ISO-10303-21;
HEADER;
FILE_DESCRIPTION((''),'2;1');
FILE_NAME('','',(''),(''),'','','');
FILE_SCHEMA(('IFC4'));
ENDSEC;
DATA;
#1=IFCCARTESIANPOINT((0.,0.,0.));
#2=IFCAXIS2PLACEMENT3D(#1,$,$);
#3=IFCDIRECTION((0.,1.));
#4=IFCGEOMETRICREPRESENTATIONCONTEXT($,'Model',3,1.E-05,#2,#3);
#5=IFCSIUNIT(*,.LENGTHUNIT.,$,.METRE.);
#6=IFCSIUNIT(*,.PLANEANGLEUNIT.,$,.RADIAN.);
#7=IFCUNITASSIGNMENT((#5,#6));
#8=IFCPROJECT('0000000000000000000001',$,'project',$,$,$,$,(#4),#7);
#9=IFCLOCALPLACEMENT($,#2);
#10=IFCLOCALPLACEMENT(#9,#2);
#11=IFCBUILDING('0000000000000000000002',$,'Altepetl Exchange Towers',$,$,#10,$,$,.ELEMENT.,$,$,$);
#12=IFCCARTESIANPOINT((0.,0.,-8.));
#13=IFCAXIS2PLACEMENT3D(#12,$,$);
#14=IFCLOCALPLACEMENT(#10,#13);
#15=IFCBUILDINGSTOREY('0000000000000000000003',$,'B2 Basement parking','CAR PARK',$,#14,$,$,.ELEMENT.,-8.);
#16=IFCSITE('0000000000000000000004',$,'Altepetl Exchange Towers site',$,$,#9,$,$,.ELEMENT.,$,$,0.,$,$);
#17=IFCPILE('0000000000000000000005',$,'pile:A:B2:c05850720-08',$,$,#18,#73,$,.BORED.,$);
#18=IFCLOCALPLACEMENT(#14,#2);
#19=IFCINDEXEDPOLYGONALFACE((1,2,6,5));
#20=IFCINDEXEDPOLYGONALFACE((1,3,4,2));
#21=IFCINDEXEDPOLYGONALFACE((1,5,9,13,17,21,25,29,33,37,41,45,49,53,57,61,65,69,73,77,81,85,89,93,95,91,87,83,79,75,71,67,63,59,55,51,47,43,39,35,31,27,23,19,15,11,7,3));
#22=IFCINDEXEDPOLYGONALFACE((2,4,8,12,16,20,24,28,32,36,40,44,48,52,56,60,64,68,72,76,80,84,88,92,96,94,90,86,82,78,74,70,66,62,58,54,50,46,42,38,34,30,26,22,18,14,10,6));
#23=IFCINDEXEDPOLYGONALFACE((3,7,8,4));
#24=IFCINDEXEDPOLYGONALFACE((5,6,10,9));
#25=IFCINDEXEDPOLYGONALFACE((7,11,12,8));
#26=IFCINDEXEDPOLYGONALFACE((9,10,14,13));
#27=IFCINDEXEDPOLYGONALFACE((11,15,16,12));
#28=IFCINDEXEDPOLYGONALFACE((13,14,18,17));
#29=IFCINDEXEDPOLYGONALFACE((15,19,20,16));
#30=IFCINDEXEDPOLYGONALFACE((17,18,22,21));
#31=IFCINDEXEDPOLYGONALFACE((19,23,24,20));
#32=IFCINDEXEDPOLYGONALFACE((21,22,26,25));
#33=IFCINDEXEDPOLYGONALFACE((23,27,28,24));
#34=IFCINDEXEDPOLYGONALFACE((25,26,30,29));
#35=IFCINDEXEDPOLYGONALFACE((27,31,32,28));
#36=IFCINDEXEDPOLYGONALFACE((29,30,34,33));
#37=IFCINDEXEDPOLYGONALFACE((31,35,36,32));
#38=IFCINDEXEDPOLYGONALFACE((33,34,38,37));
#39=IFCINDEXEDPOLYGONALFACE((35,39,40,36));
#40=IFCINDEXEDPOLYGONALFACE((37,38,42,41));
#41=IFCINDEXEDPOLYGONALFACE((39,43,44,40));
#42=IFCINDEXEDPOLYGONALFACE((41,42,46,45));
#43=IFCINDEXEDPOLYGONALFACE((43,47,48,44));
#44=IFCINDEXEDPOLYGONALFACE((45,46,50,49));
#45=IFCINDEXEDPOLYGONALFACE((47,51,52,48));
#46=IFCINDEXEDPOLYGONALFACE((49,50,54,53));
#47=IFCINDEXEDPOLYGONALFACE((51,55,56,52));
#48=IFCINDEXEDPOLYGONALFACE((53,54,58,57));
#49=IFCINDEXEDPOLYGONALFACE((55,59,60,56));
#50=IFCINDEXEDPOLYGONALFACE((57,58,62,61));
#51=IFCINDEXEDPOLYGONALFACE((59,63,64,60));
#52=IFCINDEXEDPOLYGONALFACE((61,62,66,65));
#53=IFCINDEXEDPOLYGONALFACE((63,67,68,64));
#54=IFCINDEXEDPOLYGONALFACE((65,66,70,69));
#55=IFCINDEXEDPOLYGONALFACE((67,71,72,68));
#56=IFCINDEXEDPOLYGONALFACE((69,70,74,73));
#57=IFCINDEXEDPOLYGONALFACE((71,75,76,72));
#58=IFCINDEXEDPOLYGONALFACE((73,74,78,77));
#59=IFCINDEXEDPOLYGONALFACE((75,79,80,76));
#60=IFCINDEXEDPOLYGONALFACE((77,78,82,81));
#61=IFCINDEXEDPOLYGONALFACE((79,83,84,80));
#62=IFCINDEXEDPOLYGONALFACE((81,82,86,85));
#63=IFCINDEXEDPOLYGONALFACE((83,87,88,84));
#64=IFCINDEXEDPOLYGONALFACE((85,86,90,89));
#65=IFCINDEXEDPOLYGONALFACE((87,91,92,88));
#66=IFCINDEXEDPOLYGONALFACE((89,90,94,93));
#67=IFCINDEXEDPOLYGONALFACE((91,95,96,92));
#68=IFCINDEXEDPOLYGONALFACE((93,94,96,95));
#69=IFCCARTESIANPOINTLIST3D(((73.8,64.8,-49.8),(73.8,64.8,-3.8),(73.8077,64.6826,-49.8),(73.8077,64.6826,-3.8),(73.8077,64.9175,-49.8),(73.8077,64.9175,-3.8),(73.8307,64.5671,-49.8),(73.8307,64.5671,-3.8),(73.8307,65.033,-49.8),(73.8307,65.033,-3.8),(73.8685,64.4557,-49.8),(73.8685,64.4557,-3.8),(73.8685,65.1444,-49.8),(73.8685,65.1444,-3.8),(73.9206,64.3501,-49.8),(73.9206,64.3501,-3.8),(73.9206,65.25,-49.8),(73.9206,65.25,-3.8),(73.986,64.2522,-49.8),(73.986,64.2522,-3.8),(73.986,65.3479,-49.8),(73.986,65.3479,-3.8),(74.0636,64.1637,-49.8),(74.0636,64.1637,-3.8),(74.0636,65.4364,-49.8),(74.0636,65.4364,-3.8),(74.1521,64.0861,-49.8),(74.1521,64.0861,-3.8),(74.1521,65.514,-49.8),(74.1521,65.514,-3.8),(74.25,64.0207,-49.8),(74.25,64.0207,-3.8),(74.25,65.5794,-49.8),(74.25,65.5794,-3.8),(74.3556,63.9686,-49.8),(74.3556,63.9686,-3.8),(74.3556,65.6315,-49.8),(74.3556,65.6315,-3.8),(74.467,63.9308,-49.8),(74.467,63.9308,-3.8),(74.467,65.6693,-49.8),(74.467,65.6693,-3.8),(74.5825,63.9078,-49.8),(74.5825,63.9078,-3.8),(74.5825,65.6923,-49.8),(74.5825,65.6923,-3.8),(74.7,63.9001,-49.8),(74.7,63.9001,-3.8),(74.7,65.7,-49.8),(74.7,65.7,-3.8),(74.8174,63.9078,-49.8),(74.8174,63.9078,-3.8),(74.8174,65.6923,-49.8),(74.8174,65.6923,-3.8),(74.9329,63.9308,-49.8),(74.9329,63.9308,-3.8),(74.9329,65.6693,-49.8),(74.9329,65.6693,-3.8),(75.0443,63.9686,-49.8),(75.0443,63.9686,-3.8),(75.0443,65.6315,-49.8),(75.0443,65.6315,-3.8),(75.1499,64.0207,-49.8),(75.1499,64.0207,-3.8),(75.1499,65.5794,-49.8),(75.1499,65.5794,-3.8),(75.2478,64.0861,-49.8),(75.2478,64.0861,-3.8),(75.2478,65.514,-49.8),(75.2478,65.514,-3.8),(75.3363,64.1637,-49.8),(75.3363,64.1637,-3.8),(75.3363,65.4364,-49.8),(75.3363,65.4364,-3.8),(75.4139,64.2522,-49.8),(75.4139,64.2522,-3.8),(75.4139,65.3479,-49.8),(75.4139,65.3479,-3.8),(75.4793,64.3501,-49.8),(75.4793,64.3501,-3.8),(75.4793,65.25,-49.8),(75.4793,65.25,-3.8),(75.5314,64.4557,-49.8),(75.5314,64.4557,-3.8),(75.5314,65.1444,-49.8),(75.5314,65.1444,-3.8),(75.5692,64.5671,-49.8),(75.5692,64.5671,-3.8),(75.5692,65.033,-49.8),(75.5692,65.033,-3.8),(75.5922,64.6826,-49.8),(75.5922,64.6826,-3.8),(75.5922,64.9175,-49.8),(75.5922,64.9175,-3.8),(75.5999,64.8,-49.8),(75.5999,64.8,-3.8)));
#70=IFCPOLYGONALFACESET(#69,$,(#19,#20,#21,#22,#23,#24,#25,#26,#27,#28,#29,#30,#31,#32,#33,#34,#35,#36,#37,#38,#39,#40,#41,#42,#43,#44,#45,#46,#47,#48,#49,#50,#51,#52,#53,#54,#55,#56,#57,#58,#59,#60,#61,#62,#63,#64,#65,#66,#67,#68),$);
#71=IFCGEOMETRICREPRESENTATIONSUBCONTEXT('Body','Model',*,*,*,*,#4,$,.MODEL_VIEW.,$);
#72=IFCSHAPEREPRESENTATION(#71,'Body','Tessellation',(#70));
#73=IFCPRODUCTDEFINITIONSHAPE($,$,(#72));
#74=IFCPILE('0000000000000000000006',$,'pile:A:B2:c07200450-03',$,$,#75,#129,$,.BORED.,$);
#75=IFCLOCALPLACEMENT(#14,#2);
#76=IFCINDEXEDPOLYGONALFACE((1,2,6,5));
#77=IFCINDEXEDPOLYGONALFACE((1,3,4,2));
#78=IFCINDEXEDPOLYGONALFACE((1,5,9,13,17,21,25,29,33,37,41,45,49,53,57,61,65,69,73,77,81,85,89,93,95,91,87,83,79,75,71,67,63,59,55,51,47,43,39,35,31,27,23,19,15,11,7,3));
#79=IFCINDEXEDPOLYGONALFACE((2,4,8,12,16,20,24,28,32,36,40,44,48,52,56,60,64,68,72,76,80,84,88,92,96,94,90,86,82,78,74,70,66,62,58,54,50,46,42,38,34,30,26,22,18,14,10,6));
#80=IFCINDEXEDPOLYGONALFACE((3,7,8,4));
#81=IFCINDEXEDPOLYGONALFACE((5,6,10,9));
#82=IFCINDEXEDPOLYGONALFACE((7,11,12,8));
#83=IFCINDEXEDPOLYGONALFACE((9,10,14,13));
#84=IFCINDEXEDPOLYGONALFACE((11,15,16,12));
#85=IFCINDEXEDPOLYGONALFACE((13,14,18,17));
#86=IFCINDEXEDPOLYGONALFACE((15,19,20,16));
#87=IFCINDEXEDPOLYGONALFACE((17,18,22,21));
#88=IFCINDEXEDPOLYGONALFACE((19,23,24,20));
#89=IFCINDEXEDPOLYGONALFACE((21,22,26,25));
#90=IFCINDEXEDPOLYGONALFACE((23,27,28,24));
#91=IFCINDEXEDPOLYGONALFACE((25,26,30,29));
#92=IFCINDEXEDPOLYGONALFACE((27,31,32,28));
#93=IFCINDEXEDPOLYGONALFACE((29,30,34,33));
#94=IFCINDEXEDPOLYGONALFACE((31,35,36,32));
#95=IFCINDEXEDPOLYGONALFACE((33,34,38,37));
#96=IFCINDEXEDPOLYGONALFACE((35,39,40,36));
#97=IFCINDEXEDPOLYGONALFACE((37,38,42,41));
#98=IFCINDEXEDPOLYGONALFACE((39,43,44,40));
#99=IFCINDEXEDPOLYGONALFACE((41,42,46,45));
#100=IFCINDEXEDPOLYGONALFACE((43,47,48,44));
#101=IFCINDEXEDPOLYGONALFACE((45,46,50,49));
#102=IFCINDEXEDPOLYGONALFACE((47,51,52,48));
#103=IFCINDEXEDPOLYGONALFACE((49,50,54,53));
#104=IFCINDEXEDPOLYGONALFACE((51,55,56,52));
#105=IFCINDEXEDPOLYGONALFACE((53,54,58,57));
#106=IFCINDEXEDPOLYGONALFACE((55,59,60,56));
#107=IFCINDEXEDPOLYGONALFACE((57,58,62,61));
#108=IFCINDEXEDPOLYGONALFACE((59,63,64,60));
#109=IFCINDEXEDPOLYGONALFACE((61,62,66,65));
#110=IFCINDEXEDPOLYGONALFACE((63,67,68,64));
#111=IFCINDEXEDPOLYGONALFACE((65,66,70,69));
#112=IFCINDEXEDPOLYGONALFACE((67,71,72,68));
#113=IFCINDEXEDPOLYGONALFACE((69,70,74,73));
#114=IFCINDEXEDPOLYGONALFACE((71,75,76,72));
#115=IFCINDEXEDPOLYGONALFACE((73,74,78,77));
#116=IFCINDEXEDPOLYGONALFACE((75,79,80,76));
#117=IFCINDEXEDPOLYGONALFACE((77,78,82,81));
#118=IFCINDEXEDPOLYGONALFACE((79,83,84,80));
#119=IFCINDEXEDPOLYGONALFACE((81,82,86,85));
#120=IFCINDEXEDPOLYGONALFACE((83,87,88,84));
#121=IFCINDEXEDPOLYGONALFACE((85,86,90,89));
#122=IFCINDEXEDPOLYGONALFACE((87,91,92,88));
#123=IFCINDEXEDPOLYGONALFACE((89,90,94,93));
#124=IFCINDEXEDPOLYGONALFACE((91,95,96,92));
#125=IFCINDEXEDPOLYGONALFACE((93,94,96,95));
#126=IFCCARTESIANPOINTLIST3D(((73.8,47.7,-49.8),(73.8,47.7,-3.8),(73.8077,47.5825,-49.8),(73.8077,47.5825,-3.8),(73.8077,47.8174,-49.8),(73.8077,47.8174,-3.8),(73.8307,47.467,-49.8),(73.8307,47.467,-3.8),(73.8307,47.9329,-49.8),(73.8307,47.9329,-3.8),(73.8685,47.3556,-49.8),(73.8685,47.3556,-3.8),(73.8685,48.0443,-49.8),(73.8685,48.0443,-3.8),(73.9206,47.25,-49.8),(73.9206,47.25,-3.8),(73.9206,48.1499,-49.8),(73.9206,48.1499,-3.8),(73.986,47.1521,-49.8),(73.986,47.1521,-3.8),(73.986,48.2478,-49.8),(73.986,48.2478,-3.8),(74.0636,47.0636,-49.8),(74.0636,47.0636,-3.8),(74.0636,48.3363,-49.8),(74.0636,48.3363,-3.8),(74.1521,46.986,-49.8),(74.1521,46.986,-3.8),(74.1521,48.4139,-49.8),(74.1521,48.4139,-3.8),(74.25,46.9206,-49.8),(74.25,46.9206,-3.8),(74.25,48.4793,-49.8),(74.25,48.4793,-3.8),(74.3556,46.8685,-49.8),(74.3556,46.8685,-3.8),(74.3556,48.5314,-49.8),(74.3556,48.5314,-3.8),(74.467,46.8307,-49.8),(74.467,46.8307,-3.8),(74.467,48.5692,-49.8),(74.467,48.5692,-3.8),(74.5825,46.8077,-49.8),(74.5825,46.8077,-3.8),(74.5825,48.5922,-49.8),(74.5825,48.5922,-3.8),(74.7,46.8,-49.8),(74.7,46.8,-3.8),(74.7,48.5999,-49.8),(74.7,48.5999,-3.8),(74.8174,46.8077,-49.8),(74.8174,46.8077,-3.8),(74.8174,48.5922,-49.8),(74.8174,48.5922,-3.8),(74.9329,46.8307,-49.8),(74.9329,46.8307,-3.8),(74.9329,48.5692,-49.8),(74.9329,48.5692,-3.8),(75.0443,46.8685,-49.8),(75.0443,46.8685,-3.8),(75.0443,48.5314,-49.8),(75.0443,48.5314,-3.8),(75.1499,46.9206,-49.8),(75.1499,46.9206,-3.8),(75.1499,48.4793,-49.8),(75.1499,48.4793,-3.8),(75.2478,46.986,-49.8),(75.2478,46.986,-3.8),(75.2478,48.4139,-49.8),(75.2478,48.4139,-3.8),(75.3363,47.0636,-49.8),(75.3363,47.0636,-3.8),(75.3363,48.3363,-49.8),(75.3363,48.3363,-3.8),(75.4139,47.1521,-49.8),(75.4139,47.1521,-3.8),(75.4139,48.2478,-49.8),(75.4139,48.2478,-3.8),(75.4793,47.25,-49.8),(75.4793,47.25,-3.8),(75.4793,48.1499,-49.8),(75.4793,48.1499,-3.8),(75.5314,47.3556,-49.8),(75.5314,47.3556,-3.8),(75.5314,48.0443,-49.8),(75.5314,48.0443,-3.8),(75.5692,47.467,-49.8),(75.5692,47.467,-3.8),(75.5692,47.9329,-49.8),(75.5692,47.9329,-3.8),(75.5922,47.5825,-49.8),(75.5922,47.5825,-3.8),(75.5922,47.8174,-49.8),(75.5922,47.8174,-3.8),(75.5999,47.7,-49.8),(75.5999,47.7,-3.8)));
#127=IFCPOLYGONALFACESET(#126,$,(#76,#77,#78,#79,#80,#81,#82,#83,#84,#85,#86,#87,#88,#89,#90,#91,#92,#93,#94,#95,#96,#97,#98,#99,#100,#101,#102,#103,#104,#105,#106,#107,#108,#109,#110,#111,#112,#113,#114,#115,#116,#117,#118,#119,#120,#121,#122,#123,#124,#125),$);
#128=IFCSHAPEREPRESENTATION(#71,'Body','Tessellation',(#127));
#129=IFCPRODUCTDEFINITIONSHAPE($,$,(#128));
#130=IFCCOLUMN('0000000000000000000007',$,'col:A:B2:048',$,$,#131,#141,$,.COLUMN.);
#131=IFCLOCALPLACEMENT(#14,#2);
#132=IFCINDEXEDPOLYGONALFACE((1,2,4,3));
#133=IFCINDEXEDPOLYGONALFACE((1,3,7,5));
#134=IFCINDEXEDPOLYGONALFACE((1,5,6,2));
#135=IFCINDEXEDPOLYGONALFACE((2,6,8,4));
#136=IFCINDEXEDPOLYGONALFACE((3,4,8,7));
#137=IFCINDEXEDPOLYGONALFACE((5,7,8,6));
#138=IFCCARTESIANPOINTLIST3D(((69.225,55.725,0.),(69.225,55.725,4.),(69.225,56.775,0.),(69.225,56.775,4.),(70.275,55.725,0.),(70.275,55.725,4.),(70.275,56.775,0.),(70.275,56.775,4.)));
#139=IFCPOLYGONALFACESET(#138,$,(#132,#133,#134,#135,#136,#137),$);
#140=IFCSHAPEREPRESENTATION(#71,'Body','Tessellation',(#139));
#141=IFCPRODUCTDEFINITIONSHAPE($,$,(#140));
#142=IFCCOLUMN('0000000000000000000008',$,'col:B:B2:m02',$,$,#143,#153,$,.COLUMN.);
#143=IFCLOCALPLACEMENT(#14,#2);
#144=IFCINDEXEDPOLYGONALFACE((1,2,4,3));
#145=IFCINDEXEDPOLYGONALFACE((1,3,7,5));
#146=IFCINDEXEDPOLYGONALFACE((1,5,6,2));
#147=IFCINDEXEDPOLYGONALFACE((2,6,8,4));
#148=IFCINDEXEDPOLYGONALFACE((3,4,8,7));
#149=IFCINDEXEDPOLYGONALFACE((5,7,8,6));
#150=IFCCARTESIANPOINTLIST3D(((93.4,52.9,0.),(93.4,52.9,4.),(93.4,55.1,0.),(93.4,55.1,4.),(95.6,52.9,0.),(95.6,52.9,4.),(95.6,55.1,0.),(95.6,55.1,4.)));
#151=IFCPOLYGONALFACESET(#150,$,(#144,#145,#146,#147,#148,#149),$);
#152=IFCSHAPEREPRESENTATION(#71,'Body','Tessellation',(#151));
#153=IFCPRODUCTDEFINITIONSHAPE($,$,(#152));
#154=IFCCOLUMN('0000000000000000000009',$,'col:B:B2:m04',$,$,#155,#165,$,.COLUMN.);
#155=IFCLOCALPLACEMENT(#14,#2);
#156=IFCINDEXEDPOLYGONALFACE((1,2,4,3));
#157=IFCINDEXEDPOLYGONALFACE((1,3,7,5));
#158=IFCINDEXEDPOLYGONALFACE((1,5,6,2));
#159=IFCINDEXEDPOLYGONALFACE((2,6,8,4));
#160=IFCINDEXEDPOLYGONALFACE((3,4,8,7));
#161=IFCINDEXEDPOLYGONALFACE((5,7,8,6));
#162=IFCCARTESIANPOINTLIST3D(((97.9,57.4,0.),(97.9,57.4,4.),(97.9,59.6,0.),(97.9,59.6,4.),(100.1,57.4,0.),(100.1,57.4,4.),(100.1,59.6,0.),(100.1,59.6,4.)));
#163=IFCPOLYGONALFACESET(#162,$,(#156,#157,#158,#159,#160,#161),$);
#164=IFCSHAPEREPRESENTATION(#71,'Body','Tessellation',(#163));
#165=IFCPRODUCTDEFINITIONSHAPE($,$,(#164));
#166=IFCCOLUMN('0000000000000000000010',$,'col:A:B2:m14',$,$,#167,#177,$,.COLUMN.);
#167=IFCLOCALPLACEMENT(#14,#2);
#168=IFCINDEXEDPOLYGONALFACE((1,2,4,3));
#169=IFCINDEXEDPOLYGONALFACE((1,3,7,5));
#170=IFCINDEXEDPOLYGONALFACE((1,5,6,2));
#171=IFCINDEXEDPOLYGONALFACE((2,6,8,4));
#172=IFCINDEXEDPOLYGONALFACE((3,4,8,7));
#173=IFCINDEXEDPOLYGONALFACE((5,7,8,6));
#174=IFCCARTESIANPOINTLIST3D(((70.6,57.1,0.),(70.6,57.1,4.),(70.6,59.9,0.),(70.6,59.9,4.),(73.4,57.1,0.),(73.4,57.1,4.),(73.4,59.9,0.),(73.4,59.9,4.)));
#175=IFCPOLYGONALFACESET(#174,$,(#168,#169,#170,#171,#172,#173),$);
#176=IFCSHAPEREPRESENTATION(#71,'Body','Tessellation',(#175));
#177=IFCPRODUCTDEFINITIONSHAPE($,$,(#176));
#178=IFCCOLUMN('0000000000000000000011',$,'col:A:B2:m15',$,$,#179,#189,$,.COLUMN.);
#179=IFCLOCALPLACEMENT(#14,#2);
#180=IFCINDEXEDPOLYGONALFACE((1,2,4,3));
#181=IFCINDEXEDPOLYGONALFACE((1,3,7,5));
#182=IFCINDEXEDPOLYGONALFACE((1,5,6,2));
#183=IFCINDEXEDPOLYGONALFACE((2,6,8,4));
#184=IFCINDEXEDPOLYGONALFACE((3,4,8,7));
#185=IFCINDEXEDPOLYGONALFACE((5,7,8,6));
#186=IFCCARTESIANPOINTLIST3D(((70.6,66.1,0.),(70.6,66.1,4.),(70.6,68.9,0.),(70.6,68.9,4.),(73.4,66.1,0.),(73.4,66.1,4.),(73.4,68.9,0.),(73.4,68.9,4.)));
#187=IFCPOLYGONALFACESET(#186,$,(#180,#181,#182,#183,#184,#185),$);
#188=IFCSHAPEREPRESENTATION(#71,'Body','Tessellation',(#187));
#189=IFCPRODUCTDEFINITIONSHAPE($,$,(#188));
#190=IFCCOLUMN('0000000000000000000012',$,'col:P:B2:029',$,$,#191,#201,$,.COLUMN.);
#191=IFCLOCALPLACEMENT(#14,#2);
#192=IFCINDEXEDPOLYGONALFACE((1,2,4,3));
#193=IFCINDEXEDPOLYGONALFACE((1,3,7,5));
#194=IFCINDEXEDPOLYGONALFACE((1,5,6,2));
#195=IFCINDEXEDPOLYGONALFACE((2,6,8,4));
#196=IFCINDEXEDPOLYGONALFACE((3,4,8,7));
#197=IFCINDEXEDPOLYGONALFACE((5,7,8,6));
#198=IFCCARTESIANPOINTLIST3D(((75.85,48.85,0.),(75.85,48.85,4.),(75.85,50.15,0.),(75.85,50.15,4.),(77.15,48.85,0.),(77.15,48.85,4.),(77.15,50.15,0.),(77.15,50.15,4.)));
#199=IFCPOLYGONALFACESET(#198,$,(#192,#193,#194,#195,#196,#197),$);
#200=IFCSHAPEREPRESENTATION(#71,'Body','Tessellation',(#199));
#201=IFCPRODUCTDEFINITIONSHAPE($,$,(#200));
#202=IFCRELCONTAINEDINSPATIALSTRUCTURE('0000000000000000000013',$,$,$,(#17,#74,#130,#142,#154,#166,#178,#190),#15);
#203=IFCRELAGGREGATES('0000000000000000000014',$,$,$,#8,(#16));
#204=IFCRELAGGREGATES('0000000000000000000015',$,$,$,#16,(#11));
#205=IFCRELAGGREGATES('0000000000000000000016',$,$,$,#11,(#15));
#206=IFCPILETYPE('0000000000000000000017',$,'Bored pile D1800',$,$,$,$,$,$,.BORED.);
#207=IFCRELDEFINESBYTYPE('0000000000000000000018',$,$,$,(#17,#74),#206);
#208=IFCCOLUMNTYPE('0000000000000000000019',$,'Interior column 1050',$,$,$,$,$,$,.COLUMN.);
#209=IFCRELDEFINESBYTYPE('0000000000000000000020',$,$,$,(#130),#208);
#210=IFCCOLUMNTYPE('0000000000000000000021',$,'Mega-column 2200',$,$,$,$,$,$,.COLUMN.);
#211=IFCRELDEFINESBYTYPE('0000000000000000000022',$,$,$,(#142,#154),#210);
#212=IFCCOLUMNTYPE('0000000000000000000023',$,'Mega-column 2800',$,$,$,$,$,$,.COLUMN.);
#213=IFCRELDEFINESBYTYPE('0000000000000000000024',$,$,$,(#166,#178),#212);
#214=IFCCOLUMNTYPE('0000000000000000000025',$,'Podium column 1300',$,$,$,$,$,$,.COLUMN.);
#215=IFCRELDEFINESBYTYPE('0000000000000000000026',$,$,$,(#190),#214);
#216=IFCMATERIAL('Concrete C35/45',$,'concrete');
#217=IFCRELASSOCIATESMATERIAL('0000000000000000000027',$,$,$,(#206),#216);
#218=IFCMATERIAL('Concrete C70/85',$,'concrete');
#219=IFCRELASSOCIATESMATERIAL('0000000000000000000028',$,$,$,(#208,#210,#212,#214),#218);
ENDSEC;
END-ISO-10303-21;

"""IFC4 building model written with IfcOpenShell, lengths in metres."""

from ifc_helpers import new_model, si_unit, direction, frame, origin, origin_2d, place, context, subcontext, project, spatial, rectangle, circle, extrude, material, material_profile, profile_set, type_object, element, save


model = new_model("IFC4")

# Units and contexts
model_context = context("Model", 3, precision=1e-05, world=origin(), true_north=direction((0.0, 1.0)))
body_context = subcontext(model_context, "Body", "Model", "MODEL_VIEW")
ifc_project = project(units=[si_unit("LENGTHUNIT", "METRE"), si_unit("PLANEANGLEUNIT", "RADIAN")], contexts=[model_context])

# Site, building, storey
site_placement = place(None, origin())
site = spatial("IfcSite", under=ifc_project, at=site_placement, Name="Altepetl Exchange Towers site", CompositionType="ELEMENT", RefElevation=0.0)
building_placement = place(site_placement, origin())
building = spatial("IfcBuilding", under=site, at=building_placement, Name="Altepetl Exchange Towers", CompositionType="ELEMENT")
storey_placement = place(building_placement, frame((0.0, 0.0, -8.0)))
storey = spatial("IfcBuildingStorey", under=building, at=storey_placement, Name="B2 Basement parking", Description="CAR PARK", CompositionType="ELEMENT", Elevation=-8.0)

# Piles
ifc_material_1 = material(Name="Concrete C35/45", Category="concrete")
ifc_material_profile_1 = material_profile(ifc_material_1, circle(Radius=0.8999, at=origin_2d()), Name="D1800")
ifc_profile_set_1 = profile_set([ifc_material_profile_1], Name="Concrete C35/45")
pile_type_1 = type_object("IfcPileType", Name="Bored pile D1800", PredefinedType="BORED", material=ifc_profile_set_1)
for number, where, z_axis, x_axis, name in (
    (1, (74.7, 64.8, -3.8), (0.0, 0.0, -1.0), (1.0, 0.0, 0.0), "pile:A:B2:c05850720-08"),
    (2, (74.7, 47.7, -3.8), (0.0, 0.0, -1.0), (1.0, 0.0, 0.0), "pile:A:B2:c07200450-03"),
):
    element("IfcPile", number, at=place(storey_placement, frame(where, z_axis=z_axis, x_axis=x_axis)), inside=storey, type_object=pile_type_1, Name=name, PredefinedType="BORED", context=body_context, shape_type="SweptSolid", body=[
        extrude(circle(Radius=0.8999, at=origin_2d()), origin(), (0.0, 0.0, 1.0), 46.0),
    ])

# Columns
ifc_material_2 = material(Name="Concrete C70/85", Category="concrete")
ifc_material_profile_2 = material_profile(ifc_material_2, rectangle(XDim=1.05, YDim=1.05, at=origin_2d()), Name="1050 x 1050")
ifc_profile_set_2 = profile_set([ifc_material_profile_2], Name="Concrete C70/85")
column_type_1 = type_object("IfcColumnType", Name="Interior column 1050", PredefinedType="COLUMN", material=ifc_profile_set_2)
column_placement = place(storey_placement, frame((69.75, 56.25, 0.0)))
element("IfcColumn", 3, at=column_placement, inside=storey, type_object=column_type_1, Name="col:A:B2:048", PredefinedType="COLUMN", context=body_context, shape_type="SweptSolid", body=[
    extrude(rectangle(XDim=1.05, YDim=1.05, at=origin_2d()), origin(), (0.0, 0.0, 1.0), 4.0),
])
ifc_material_profile_3 = material_profile(ifc_material_2, rectangle(XDim=2.2, YDim=2.2, at=origin_2d()), Name="2200 x 2200")
ifc_profile_set_3 = profile_set([ifc_material_profile_3], Name="Concrete C70/85")
column_type_2 = type_object("IfcColumnType", Name="Mega-column 2200", PredefinedType="COLUMN", material=ifc_profile_set_3)
for number, where, name in (
    (4, (94.5, 54.0, 0.0), "col:B:B2:m02"),
    (5, (99.0, 58.5, 0.0), "col:B:B2:m04"),
):
    element("IfcColumn", number, at=place(storey_placement, frame(where)), inside=storey, type_object=column_type_2, Name=name, PredefinedType="COLUMN", context=body_context, shape_type="SweptSolid", body=[
        extrude(rectangle(XDim=2.2, YDim=2.2, at=origin_2d()), origin(), (0.0, 0.0, 1.0), 4.0),
    ])
ifc_material_profile_4 = material_profile(ifc_material_2, rectangle(XDim=2.8, YDim=2.8, at=origin_2d()), Name="2800 x 2800")
ifc_profile_set_4 = profile_set([ifc_material_profile_4], Name="Concrete C70/85")
column_type_3 = type_object("IfcColumnType", Name="Mega-column 2800", PredefinedType="COLUMN", material=ifc_profile_set_4)
for number, where, name in (
    (6, (72.0, 58.5, 0.0), "col:A:B2:m14"),
    (7, (72.0, 67.5, 0.0), "col:A:B2:m15"),
):
    element("IfcColumn", number, at=place(storey_placement, frame(where)), inside=storey, type_object=column_type_3, Name=name, PredefinedType="COLUMN", context=body_context, shape_type="SweptSolid", body=[
        extrude(rectangle(XDim=2.8, YDim=2.8, at=origin_2d()), origin(), (0.0, 0.0, 1.0), 4.0),
    ])
ifc_material_profile_5 = material_profile(ifc_material_2, rectangle(XDim=1.3, YDim=1.3, at=origin_2d()), Name="1300 x 1300")
ifc_profile_set_5 = profile_set([ifc_material_profile_5], Name="Concrete C70/85")
column_type_4 = type_object("IfcColumnType", Name="Podium column 1300", PredefinedType="COLUMN", material=ifc_profile_set_5)
for number, where, name in (
    (8, (76.5, 49.5, 0.0), "col:P:B2:029"),
):
    element("IfcColumn", number, at=place(storey_placement, frame(where)), inside=storey, type_object=column_type_4, Name=name, PredefinedType="COLUMN", context=body_context, shape_type="SweptSolid", body=[
        extrude(rectangle(XDim=1.3, YDim=1.3, at=origin_2d()), origin(), (0.0, 0.0, 1.0), 4.0),
    ])

save(model, "model.ifc")
